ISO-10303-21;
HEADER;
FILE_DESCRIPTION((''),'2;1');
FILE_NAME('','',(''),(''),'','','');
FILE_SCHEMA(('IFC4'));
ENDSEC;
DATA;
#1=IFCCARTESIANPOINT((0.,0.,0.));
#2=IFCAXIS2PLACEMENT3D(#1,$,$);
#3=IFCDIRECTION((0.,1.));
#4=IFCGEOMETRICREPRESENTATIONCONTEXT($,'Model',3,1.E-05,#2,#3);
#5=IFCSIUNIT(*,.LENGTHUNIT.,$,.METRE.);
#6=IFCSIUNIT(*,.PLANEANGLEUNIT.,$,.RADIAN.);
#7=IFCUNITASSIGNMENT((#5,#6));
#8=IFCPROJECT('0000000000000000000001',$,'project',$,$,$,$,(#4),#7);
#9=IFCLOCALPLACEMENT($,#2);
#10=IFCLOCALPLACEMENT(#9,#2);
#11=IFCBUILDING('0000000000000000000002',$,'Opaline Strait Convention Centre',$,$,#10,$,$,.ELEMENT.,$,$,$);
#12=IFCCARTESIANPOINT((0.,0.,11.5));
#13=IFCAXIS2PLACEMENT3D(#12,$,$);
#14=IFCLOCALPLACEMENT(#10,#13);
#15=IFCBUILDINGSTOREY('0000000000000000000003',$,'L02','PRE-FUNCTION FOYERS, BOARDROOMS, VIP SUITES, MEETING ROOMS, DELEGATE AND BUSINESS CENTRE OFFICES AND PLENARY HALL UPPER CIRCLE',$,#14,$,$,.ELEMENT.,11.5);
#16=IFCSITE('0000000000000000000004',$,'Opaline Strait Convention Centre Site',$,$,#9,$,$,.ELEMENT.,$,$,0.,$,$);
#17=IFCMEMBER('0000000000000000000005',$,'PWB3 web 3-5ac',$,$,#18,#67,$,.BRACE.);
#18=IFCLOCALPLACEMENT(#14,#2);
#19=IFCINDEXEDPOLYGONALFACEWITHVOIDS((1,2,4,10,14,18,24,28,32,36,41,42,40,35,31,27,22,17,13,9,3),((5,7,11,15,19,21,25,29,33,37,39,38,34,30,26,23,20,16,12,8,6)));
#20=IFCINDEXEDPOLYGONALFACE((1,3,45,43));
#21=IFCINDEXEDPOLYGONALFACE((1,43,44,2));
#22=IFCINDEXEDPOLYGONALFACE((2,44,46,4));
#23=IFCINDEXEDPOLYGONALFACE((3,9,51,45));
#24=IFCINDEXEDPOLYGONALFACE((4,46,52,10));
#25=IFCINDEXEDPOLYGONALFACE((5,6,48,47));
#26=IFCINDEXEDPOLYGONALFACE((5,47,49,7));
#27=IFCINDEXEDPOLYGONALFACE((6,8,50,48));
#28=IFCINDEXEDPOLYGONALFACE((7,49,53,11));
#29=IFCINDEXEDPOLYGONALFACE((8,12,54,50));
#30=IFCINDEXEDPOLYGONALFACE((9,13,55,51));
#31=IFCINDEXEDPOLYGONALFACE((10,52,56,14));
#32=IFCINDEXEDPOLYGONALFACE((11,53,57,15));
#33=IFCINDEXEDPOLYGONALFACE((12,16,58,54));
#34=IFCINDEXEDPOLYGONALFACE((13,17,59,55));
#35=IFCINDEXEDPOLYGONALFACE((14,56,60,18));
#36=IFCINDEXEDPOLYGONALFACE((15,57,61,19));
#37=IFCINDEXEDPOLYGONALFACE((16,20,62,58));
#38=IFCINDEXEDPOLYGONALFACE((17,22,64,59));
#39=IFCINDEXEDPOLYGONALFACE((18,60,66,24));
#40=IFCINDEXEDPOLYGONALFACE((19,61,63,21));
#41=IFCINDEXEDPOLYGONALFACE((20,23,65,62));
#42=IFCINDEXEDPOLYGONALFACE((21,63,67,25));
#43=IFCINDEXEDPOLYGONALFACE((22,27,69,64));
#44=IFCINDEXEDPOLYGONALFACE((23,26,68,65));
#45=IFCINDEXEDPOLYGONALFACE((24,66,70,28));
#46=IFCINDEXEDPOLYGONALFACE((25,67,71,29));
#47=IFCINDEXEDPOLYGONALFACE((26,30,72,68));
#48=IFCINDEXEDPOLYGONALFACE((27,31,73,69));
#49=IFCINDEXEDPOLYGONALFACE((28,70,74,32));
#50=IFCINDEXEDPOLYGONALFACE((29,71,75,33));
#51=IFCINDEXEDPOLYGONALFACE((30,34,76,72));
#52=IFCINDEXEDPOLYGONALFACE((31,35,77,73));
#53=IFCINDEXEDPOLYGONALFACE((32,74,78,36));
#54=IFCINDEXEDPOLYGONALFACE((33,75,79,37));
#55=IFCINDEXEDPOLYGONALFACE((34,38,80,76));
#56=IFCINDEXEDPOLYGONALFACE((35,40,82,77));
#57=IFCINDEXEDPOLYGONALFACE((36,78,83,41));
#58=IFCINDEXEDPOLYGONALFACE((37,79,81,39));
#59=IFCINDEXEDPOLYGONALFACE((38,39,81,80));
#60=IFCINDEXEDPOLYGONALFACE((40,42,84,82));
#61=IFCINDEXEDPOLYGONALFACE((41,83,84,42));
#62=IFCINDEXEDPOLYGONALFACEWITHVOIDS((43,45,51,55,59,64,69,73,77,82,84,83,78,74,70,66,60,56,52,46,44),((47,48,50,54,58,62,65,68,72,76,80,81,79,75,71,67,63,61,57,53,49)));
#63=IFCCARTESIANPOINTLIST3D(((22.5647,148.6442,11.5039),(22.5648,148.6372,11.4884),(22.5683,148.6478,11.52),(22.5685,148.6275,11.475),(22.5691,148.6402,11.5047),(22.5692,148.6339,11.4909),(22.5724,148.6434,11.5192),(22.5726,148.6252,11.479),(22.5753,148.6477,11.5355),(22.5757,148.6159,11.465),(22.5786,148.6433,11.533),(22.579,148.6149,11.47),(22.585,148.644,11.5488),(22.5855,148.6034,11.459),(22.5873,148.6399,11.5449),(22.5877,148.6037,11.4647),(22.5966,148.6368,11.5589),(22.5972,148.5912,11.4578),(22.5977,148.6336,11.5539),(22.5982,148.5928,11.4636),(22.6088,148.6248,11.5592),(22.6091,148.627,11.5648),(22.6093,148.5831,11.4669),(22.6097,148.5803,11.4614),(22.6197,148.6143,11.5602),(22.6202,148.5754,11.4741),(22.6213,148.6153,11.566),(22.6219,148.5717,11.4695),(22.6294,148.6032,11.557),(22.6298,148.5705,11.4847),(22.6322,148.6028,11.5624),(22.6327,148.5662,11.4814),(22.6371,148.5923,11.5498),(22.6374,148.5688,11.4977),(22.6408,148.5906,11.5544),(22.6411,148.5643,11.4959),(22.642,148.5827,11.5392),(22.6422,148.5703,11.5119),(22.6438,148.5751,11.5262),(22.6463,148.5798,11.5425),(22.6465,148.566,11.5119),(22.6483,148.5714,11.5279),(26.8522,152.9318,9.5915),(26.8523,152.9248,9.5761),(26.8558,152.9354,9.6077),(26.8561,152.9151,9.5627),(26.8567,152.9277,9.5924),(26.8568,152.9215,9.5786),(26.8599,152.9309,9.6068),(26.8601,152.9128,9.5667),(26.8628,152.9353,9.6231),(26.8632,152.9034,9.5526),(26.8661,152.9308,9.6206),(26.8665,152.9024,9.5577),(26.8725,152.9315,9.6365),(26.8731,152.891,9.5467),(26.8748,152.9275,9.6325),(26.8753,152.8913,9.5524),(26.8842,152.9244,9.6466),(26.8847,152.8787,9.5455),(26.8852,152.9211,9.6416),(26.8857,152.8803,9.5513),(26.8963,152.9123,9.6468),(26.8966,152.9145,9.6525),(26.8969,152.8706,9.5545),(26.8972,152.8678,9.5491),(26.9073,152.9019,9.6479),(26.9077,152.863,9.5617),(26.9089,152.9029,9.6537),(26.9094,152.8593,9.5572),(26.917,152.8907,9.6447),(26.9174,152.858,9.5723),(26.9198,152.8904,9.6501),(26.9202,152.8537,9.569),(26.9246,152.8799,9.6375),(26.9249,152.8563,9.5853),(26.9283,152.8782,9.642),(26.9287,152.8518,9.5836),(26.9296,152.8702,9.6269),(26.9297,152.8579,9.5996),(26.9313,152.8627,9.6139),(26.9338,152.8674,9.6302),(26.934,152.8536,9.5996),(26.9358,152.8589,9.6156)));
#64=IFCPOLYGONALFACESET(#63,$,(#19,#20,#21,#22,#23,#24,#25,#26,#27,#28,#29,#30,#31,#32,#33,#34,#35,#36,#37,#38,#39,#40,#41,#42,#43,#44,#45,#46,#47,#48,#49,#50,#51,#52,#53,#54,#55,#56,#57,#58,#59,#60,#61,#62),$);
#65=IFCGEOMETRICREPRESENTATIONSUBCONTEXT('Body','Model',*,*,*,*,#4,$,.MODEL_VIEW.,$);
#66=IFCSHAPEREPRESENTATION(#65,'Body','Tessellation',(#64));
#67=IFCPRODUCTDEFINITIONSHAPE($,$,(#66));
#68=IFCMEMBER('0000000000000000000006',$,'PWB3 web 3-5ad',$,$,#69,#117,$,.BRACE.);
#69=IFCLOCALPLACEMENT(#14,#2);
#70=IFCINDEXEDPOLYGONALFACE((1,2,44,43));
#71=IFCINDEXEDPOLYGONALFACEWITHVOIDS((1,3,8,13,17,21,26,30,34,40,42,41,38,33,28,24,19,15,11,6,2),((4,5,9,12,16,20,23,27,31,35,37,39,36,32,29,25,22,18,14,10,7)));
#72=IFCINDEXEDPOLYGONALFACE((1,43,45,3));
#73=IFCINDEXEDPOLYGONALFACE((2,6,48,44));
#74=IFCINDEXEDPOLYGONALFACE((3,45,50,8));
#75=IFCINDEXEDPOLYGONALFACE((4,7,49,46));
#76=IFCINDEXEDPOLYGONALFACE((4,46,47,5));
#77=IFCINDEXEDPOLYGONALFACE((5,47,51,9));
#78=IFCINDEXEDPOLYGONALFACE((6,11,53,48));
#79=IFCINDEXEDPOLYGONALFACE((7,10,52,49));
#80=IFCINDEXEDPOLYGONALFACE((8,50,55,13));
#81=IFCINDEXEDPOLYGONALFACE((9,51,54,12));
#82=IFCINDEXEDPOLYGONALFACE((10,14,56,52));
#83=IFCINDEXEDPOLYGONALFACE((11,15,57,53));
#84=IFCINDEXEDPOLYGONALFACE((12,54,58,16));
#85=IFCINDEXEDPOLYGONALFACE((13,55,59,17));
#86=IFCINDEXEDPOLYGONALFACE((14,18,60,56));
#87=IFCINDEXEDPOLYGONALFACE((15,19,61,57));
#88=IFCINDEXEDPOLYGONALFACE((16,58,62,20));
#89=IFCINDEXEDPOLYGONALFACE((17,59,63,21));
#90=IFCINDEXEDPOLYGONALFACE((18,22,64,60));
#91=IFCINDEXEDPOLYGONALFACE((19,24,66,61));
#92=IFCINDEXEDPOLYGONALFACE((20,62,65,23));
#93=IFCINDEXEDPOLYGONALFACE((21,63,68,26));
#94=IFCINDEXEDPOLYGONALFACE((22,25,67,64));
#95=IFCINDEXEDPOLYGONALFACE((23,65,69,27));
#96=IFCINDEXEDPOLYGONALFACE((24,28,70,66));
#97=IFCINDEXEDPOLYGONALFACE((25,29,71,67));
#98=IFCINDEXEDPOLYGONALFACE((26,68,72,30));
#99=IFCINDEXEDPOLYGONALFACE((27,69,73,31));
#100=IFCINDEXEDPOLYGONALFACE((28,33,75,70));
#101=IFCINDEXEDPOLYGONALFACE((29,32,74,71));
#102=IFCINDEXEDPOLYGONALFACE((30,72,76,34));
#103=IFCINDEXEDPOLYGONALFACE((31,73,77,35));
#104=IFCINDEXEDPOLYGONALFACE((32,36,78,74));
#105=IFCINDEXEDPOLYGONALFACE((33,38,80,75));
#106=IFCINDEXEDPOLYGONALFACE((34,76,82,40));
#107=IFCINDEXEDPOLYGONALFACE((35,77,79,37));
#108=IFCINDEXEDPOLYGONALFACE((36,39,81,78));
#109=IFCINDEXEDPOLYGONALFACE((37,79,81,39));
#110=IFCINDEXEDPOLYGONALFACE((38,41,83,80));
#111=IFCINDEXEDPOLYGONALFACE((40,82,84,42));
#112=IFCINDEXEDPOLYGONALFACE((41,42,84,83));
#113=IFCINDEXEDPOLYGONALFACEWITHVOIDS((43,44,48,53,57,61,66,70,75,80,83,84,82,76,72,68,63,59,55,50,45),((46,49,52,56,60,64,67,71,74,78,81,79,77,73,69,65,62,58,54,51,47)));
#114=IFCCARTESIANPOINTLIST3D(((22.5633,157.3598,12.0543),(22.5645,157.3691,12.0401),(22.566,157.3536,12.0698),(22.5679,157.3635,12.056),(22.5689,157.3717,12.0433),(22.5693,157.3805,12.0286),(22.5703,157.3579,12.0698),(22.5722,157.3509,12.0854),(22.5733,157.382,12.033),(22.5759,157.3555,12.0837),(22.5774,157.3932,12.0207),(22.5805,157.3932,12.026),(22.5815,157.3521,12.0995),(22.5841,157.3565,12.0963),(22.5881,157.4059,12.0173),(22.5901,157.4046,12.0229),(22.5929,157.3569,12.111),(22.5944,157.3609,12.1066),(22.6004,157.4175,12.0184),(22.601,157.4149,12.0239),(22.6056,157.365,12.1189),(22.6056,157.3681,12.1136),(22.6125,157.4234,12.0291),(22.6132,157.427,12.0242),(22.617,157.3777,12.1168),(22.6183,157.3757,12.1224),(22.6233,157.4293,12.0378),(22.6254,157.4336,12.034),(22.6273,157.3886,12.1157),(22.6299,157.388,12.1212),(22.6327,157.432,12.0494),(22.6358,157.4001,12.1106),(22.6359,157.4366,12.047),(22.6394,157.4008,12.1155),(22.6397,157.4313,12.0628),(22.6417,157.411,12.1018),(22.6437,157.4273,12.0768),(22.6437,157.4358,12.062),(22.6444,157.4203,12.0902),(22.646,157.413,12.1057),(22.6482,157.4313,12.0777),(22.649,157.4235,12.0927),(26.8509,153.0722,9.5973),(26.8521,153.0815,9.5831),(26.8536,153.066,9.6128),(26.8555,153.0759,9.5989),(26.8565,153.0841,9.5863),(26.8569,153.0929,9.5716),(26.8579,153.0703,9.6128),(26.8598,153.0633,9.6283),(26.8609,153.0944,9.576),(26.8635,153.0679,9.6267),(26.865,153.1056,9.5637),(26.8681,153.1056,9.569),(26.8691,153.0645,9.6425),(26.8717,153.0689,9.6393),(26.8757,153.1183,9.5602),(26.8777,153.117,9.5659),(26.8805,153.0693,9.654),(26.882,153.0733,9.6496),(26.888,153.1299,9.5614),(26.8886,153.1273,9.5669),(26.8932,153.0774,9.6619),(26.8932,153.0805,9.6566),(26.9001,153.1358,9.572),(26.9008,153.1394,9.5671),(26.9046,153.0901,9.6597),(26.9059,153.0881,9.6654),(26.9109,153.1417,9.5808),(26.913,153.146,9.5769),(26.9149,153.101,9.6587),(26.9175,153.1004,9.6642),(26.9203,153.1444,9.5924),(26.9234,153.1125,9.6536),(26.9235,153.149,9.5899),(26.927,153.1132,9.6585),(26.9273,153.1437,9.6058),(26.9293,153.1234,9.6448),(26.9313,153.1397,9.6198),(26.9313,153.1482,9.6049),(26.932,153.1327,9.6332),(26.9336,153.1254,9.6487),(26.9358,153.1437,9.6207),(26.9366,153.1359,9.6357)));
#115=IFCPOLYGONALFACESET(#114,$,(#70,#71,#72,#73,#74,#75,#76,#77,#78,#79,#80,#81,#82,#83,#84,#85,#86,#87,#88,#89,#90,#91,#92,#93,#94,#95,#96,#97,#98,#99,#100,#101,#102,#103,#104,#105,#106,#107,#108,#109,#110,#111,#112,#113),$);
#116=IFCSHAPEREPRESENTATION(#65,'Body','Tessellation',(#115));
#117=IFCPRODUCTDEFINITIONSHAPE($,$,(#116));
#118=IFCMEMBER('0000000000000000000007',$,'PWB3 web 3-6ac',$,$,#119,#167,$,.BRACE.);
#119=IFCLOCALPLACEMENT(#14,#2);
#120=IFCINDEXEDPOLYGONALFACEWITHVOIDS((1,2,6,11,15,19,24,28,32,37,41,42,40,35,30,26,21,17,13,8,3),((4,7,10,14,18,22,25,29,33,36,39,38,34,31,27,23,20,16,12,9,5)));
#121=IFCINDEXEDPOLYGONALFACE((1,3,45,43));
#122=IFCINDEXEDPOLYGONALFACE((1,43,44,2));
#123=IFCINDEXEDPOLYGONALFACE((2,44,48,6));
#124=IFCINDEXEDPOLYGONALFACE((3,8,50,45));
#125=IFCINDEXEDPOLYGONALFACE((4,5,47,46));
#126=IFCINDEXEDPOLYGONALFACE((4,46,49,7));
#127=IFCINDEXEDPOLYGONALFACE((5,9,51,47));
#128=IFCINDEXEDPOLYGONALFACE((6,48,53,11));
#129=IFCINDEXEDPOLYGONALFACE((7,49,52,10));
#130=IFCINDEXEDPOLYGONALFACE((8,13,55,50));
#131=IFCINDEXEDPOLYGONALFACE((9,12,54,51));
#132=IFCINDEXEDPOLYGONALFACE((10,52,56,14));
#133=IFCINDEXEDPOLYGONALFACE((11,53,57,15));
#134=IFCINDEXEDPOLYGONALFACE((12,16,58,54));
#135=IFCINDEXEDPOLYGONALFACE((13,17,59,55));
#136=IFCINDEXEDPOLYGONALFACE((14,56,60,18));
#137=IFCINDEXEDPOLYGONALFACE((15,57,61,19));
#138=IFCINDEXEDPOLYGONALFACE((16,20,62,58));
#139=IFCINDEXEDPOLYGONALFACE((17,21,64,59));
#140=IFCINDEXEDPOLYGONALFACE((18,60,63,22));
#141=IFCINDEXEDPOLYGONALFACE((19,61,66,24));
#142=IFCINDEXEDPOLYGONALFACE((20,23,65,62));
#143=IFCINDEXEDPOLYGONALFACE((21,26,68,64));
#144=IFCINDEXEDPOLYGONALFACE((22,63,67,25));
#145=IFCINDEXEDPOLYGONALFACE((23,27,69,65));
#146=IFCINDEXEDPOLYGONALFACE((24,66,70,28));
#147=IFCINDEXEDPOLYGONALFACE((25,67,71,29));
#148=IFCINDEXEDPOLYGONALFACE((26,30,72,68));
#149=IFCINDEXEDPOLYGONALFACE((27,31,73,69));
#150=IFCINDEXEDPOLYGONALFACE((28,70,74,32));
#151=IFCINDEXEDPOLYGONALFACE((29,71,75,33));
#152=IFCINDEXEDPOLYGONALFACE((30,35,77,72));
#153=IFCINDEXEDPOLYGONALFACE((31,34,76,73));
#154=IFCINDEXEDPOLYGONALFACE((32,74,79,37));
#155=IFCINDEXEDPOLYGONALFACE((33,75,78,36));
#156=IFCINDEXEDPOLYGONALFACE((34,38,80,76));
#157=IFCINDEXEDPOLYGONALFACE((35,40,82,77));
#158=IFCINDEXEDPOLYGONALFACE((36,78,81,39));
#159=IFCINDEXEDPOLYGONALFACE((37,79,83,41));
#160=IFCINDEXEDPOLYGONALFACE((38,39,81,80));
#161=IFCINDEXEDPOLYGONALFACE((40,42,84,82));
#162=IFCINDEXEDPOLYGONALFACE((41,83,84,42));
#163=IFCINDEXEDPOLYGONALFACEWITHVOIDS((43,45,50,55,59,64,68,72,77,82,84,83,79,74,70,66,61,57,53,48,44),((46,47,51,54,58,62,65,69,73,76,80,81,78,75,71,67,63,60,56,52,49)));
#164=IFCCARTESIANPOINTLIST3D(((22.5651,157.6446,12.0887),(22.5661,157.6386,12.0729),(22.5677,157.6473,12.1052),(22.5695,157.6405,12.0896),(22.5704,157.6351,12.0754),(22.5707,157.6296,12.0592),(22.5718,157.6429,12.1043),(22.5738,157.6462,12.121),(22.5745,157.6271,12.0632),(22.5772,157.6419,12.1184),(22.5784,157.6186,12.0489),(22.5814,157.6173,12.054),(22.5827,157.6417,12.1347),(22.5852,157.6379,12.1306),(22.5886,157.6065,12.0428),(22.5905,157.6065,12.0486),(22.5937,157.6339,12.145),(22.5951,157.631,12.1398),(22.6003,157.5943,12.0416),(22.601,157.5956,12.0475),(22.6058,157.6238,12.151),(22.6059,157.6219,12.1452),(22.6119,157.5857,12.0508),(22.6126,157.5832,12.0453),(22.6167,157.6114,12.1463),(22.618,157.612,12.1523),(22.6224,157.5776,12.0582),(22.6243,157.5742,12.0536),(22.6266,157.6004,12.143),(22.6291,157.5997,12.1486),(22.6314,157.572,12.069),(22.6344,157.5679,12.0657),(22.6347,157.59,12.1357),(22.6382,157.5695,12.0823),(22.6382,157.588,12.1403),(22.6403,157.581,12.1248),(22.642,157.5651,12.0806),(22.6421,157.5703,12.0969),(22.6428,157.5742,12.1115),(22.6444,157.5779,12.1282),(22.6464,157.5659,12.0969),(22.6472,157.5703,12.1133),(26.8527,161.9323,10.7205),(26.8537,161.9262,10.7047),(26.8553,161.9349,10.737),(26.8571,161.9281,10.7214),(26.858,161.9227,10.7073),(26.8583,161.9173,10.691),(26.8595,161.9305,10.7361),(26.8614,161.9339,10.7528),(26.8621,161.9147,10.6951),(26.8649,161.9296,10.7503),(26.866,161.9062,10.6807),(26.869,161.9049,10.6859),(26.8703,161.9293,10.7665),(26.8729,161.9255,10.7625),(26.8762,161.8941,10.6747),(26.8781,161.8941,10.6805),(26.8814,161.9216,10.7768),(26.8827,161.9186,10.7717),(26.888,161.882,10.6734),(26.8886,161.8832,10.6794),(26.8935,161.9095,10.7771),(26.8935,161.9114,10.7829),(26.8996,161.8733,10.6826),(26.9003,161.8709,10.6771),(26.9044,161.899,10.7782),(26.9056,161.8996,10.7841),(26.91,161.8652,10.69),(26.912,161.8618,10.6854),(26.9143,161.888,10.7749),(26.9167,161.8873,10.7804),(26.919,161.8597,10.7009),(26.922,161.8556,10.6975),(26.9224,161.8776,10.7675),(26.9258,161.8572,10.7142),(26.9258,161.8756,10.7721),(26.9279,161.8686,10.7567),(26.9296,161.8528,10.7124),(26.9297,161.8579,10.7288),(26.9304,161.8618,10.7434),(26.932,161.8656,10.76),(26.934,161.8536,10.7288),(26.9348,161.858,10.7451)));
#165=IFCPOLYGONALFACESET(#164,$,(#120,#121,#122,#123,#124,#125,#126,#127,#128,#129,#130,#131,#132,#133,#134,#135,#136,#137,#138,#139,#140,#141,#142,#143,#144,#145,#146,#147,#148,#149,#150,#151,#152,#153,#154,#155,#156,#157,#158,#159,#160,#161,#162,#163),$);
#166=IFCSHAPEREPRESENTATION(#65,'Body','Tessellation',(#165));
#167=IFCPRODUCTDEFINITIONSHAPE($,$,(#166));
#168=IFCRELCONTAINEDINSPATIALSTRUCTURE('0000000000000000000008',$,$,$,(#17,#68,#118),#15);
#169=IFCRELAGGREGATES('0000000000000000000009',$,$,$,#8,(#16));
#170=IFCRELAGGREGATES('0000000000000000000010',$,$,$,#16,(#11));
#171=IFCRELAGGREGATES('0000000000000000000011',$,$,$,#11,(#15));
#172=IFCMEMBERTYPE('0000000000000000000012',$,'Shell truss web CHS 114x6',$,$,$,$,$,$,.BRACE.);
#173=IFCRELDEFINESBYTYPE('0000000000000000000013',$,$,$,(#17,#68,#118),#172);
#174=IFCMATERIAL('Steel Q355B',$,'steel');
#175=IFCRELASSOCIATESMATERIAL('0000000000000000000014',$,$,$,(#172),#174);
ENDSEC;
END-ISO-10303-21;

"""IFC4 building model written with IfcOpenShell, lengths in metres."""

from ifc_helpers import new_model, si_unit, direction, frame, origin, origin_2d, place, context, subcontext, project, spatial, hollow_circle, extrude, material, material_profile, profile_set, type_object, element, save


model = new_model("IFC4")

# Units and contexts
model_context = context("Model", 3, precision=1e-05, world=origin(), true_north=direction((0.0, 1.0)))
body_context = subcontext(model_context, "Body", "Model", "MODEL_VIEW")
ifc_project = project(units=[si_unit("LENGTHUNIT", "METRE"), si_unit("PLANEANGLEUNIT", "RADIAN")], contexts=[model_context])

# Site, building, storey
site_placement = place(None, origin())
site = spatial("IfcSite", under=ifc_project, at=site_placement, Name="Opaline Strait Convention Centre Site", CompositionType="ELEMENT", RefElevation=0.0)
building_placement = place(site_placement, origin())
building = spatial("IfcBuilding", under=site, at=building_placement, Name="Opaline Strait Convention Centre", CompositionType="ELEMENT")
storey_placement = place(building_placement, frame((0.0, 0.0, 11.5)))
storey = spatial("IfcBuildingStorey", under=building, at=storey_placement, Name="L02", Description="PRE-FUNCTION FOYERS, BOARDROOMS, VIP SUITES, MEETING ROOMS, DELEGATE AND BUSINESS CENTRE OFFICES AND PLENARY HALL UPPER CIRCLE", CompositionType="ELEMENT", Elevation=11.5)

# Members
ifc_material_1 = material(Name="Steel Q355B", Category="steel")
ifc_material_profile_1 = material_profile(ifc_material_1, hollow_circle(Radius=0.0569, WallThickness=0.0061, at=origin_2d()), Name="CHS 114x6")
ifc_profile_set_1 = profile_set([ifc_material_profile_1], Name="Steel Q355B")
member_type_1 = type_object("IfcMemberType", Name="Shell truss web CHS 114x6", PredefinedType="BRACE", material=ifc_profile_set_1)
member_1_placement = place(storey_placement, frame((26.8938, 152.8938, 9.5996), z_axis=(-0.674363, -0.674363, 0.300779), x_axis=(0.707107, -0.707107, 0.0)))
element("IfcMember", 1, at=member_1_placement, inside=storey, type_object=member_type_1, Name="PWB3 web 3-5ac", PredefinedType="BRACE", context=body_context, shape_type="SweptSolid", body=[
    extrude(hollow_circle(Radius=0.0569, WallThickness=0.0061, at=origin_2d()), origin(), (0.0, 0.0, 1.0), 6.3579),
])
member_2_placement = place(storey_placement, frame((26.8938, 153.1062, 9.6128), z_axis=(-0.655348, 0.655348, 0.375551), x_axis=(-0.707107, -0.707107, 0.0)))
element("IfcMember", 2, at=member_2_placement, inside=storey, type_object=member_type_1, Name="PWB3 web 3-5ad", PredefinedType="BRACE", context=body_context, shape_type="SweptSolid", body=[
    extrude(hollow_circle(Radius=0.0569, WallThickness=0.0061, at=origin_2d()), origin(), (0.0, 0.0, 1.0), 6.5425),
])
member_3_placement = place(storey_placement, frame((26.8938, 161.8938, 10.7288), z_axis=(-0.689766, -0.689766, 0.220103), x_axis=(0.707107, -0.707107, 0.0)))
element("IfcMember", 3, at=member_3_placement, inside=storey, type_object=member_type_1, Name="PWB3 web 3-6ac", PredefinedType="BRACE", context=body_context, shape_type="SweptSolid", body=[
    extrude(hollow_circle(Radius=0.0569, WallThickness=0.0061, at=origin_2d()), origin(), (0.0, 0.0, 1.0), 6.2161),
])

save(model, "model.ifc")
